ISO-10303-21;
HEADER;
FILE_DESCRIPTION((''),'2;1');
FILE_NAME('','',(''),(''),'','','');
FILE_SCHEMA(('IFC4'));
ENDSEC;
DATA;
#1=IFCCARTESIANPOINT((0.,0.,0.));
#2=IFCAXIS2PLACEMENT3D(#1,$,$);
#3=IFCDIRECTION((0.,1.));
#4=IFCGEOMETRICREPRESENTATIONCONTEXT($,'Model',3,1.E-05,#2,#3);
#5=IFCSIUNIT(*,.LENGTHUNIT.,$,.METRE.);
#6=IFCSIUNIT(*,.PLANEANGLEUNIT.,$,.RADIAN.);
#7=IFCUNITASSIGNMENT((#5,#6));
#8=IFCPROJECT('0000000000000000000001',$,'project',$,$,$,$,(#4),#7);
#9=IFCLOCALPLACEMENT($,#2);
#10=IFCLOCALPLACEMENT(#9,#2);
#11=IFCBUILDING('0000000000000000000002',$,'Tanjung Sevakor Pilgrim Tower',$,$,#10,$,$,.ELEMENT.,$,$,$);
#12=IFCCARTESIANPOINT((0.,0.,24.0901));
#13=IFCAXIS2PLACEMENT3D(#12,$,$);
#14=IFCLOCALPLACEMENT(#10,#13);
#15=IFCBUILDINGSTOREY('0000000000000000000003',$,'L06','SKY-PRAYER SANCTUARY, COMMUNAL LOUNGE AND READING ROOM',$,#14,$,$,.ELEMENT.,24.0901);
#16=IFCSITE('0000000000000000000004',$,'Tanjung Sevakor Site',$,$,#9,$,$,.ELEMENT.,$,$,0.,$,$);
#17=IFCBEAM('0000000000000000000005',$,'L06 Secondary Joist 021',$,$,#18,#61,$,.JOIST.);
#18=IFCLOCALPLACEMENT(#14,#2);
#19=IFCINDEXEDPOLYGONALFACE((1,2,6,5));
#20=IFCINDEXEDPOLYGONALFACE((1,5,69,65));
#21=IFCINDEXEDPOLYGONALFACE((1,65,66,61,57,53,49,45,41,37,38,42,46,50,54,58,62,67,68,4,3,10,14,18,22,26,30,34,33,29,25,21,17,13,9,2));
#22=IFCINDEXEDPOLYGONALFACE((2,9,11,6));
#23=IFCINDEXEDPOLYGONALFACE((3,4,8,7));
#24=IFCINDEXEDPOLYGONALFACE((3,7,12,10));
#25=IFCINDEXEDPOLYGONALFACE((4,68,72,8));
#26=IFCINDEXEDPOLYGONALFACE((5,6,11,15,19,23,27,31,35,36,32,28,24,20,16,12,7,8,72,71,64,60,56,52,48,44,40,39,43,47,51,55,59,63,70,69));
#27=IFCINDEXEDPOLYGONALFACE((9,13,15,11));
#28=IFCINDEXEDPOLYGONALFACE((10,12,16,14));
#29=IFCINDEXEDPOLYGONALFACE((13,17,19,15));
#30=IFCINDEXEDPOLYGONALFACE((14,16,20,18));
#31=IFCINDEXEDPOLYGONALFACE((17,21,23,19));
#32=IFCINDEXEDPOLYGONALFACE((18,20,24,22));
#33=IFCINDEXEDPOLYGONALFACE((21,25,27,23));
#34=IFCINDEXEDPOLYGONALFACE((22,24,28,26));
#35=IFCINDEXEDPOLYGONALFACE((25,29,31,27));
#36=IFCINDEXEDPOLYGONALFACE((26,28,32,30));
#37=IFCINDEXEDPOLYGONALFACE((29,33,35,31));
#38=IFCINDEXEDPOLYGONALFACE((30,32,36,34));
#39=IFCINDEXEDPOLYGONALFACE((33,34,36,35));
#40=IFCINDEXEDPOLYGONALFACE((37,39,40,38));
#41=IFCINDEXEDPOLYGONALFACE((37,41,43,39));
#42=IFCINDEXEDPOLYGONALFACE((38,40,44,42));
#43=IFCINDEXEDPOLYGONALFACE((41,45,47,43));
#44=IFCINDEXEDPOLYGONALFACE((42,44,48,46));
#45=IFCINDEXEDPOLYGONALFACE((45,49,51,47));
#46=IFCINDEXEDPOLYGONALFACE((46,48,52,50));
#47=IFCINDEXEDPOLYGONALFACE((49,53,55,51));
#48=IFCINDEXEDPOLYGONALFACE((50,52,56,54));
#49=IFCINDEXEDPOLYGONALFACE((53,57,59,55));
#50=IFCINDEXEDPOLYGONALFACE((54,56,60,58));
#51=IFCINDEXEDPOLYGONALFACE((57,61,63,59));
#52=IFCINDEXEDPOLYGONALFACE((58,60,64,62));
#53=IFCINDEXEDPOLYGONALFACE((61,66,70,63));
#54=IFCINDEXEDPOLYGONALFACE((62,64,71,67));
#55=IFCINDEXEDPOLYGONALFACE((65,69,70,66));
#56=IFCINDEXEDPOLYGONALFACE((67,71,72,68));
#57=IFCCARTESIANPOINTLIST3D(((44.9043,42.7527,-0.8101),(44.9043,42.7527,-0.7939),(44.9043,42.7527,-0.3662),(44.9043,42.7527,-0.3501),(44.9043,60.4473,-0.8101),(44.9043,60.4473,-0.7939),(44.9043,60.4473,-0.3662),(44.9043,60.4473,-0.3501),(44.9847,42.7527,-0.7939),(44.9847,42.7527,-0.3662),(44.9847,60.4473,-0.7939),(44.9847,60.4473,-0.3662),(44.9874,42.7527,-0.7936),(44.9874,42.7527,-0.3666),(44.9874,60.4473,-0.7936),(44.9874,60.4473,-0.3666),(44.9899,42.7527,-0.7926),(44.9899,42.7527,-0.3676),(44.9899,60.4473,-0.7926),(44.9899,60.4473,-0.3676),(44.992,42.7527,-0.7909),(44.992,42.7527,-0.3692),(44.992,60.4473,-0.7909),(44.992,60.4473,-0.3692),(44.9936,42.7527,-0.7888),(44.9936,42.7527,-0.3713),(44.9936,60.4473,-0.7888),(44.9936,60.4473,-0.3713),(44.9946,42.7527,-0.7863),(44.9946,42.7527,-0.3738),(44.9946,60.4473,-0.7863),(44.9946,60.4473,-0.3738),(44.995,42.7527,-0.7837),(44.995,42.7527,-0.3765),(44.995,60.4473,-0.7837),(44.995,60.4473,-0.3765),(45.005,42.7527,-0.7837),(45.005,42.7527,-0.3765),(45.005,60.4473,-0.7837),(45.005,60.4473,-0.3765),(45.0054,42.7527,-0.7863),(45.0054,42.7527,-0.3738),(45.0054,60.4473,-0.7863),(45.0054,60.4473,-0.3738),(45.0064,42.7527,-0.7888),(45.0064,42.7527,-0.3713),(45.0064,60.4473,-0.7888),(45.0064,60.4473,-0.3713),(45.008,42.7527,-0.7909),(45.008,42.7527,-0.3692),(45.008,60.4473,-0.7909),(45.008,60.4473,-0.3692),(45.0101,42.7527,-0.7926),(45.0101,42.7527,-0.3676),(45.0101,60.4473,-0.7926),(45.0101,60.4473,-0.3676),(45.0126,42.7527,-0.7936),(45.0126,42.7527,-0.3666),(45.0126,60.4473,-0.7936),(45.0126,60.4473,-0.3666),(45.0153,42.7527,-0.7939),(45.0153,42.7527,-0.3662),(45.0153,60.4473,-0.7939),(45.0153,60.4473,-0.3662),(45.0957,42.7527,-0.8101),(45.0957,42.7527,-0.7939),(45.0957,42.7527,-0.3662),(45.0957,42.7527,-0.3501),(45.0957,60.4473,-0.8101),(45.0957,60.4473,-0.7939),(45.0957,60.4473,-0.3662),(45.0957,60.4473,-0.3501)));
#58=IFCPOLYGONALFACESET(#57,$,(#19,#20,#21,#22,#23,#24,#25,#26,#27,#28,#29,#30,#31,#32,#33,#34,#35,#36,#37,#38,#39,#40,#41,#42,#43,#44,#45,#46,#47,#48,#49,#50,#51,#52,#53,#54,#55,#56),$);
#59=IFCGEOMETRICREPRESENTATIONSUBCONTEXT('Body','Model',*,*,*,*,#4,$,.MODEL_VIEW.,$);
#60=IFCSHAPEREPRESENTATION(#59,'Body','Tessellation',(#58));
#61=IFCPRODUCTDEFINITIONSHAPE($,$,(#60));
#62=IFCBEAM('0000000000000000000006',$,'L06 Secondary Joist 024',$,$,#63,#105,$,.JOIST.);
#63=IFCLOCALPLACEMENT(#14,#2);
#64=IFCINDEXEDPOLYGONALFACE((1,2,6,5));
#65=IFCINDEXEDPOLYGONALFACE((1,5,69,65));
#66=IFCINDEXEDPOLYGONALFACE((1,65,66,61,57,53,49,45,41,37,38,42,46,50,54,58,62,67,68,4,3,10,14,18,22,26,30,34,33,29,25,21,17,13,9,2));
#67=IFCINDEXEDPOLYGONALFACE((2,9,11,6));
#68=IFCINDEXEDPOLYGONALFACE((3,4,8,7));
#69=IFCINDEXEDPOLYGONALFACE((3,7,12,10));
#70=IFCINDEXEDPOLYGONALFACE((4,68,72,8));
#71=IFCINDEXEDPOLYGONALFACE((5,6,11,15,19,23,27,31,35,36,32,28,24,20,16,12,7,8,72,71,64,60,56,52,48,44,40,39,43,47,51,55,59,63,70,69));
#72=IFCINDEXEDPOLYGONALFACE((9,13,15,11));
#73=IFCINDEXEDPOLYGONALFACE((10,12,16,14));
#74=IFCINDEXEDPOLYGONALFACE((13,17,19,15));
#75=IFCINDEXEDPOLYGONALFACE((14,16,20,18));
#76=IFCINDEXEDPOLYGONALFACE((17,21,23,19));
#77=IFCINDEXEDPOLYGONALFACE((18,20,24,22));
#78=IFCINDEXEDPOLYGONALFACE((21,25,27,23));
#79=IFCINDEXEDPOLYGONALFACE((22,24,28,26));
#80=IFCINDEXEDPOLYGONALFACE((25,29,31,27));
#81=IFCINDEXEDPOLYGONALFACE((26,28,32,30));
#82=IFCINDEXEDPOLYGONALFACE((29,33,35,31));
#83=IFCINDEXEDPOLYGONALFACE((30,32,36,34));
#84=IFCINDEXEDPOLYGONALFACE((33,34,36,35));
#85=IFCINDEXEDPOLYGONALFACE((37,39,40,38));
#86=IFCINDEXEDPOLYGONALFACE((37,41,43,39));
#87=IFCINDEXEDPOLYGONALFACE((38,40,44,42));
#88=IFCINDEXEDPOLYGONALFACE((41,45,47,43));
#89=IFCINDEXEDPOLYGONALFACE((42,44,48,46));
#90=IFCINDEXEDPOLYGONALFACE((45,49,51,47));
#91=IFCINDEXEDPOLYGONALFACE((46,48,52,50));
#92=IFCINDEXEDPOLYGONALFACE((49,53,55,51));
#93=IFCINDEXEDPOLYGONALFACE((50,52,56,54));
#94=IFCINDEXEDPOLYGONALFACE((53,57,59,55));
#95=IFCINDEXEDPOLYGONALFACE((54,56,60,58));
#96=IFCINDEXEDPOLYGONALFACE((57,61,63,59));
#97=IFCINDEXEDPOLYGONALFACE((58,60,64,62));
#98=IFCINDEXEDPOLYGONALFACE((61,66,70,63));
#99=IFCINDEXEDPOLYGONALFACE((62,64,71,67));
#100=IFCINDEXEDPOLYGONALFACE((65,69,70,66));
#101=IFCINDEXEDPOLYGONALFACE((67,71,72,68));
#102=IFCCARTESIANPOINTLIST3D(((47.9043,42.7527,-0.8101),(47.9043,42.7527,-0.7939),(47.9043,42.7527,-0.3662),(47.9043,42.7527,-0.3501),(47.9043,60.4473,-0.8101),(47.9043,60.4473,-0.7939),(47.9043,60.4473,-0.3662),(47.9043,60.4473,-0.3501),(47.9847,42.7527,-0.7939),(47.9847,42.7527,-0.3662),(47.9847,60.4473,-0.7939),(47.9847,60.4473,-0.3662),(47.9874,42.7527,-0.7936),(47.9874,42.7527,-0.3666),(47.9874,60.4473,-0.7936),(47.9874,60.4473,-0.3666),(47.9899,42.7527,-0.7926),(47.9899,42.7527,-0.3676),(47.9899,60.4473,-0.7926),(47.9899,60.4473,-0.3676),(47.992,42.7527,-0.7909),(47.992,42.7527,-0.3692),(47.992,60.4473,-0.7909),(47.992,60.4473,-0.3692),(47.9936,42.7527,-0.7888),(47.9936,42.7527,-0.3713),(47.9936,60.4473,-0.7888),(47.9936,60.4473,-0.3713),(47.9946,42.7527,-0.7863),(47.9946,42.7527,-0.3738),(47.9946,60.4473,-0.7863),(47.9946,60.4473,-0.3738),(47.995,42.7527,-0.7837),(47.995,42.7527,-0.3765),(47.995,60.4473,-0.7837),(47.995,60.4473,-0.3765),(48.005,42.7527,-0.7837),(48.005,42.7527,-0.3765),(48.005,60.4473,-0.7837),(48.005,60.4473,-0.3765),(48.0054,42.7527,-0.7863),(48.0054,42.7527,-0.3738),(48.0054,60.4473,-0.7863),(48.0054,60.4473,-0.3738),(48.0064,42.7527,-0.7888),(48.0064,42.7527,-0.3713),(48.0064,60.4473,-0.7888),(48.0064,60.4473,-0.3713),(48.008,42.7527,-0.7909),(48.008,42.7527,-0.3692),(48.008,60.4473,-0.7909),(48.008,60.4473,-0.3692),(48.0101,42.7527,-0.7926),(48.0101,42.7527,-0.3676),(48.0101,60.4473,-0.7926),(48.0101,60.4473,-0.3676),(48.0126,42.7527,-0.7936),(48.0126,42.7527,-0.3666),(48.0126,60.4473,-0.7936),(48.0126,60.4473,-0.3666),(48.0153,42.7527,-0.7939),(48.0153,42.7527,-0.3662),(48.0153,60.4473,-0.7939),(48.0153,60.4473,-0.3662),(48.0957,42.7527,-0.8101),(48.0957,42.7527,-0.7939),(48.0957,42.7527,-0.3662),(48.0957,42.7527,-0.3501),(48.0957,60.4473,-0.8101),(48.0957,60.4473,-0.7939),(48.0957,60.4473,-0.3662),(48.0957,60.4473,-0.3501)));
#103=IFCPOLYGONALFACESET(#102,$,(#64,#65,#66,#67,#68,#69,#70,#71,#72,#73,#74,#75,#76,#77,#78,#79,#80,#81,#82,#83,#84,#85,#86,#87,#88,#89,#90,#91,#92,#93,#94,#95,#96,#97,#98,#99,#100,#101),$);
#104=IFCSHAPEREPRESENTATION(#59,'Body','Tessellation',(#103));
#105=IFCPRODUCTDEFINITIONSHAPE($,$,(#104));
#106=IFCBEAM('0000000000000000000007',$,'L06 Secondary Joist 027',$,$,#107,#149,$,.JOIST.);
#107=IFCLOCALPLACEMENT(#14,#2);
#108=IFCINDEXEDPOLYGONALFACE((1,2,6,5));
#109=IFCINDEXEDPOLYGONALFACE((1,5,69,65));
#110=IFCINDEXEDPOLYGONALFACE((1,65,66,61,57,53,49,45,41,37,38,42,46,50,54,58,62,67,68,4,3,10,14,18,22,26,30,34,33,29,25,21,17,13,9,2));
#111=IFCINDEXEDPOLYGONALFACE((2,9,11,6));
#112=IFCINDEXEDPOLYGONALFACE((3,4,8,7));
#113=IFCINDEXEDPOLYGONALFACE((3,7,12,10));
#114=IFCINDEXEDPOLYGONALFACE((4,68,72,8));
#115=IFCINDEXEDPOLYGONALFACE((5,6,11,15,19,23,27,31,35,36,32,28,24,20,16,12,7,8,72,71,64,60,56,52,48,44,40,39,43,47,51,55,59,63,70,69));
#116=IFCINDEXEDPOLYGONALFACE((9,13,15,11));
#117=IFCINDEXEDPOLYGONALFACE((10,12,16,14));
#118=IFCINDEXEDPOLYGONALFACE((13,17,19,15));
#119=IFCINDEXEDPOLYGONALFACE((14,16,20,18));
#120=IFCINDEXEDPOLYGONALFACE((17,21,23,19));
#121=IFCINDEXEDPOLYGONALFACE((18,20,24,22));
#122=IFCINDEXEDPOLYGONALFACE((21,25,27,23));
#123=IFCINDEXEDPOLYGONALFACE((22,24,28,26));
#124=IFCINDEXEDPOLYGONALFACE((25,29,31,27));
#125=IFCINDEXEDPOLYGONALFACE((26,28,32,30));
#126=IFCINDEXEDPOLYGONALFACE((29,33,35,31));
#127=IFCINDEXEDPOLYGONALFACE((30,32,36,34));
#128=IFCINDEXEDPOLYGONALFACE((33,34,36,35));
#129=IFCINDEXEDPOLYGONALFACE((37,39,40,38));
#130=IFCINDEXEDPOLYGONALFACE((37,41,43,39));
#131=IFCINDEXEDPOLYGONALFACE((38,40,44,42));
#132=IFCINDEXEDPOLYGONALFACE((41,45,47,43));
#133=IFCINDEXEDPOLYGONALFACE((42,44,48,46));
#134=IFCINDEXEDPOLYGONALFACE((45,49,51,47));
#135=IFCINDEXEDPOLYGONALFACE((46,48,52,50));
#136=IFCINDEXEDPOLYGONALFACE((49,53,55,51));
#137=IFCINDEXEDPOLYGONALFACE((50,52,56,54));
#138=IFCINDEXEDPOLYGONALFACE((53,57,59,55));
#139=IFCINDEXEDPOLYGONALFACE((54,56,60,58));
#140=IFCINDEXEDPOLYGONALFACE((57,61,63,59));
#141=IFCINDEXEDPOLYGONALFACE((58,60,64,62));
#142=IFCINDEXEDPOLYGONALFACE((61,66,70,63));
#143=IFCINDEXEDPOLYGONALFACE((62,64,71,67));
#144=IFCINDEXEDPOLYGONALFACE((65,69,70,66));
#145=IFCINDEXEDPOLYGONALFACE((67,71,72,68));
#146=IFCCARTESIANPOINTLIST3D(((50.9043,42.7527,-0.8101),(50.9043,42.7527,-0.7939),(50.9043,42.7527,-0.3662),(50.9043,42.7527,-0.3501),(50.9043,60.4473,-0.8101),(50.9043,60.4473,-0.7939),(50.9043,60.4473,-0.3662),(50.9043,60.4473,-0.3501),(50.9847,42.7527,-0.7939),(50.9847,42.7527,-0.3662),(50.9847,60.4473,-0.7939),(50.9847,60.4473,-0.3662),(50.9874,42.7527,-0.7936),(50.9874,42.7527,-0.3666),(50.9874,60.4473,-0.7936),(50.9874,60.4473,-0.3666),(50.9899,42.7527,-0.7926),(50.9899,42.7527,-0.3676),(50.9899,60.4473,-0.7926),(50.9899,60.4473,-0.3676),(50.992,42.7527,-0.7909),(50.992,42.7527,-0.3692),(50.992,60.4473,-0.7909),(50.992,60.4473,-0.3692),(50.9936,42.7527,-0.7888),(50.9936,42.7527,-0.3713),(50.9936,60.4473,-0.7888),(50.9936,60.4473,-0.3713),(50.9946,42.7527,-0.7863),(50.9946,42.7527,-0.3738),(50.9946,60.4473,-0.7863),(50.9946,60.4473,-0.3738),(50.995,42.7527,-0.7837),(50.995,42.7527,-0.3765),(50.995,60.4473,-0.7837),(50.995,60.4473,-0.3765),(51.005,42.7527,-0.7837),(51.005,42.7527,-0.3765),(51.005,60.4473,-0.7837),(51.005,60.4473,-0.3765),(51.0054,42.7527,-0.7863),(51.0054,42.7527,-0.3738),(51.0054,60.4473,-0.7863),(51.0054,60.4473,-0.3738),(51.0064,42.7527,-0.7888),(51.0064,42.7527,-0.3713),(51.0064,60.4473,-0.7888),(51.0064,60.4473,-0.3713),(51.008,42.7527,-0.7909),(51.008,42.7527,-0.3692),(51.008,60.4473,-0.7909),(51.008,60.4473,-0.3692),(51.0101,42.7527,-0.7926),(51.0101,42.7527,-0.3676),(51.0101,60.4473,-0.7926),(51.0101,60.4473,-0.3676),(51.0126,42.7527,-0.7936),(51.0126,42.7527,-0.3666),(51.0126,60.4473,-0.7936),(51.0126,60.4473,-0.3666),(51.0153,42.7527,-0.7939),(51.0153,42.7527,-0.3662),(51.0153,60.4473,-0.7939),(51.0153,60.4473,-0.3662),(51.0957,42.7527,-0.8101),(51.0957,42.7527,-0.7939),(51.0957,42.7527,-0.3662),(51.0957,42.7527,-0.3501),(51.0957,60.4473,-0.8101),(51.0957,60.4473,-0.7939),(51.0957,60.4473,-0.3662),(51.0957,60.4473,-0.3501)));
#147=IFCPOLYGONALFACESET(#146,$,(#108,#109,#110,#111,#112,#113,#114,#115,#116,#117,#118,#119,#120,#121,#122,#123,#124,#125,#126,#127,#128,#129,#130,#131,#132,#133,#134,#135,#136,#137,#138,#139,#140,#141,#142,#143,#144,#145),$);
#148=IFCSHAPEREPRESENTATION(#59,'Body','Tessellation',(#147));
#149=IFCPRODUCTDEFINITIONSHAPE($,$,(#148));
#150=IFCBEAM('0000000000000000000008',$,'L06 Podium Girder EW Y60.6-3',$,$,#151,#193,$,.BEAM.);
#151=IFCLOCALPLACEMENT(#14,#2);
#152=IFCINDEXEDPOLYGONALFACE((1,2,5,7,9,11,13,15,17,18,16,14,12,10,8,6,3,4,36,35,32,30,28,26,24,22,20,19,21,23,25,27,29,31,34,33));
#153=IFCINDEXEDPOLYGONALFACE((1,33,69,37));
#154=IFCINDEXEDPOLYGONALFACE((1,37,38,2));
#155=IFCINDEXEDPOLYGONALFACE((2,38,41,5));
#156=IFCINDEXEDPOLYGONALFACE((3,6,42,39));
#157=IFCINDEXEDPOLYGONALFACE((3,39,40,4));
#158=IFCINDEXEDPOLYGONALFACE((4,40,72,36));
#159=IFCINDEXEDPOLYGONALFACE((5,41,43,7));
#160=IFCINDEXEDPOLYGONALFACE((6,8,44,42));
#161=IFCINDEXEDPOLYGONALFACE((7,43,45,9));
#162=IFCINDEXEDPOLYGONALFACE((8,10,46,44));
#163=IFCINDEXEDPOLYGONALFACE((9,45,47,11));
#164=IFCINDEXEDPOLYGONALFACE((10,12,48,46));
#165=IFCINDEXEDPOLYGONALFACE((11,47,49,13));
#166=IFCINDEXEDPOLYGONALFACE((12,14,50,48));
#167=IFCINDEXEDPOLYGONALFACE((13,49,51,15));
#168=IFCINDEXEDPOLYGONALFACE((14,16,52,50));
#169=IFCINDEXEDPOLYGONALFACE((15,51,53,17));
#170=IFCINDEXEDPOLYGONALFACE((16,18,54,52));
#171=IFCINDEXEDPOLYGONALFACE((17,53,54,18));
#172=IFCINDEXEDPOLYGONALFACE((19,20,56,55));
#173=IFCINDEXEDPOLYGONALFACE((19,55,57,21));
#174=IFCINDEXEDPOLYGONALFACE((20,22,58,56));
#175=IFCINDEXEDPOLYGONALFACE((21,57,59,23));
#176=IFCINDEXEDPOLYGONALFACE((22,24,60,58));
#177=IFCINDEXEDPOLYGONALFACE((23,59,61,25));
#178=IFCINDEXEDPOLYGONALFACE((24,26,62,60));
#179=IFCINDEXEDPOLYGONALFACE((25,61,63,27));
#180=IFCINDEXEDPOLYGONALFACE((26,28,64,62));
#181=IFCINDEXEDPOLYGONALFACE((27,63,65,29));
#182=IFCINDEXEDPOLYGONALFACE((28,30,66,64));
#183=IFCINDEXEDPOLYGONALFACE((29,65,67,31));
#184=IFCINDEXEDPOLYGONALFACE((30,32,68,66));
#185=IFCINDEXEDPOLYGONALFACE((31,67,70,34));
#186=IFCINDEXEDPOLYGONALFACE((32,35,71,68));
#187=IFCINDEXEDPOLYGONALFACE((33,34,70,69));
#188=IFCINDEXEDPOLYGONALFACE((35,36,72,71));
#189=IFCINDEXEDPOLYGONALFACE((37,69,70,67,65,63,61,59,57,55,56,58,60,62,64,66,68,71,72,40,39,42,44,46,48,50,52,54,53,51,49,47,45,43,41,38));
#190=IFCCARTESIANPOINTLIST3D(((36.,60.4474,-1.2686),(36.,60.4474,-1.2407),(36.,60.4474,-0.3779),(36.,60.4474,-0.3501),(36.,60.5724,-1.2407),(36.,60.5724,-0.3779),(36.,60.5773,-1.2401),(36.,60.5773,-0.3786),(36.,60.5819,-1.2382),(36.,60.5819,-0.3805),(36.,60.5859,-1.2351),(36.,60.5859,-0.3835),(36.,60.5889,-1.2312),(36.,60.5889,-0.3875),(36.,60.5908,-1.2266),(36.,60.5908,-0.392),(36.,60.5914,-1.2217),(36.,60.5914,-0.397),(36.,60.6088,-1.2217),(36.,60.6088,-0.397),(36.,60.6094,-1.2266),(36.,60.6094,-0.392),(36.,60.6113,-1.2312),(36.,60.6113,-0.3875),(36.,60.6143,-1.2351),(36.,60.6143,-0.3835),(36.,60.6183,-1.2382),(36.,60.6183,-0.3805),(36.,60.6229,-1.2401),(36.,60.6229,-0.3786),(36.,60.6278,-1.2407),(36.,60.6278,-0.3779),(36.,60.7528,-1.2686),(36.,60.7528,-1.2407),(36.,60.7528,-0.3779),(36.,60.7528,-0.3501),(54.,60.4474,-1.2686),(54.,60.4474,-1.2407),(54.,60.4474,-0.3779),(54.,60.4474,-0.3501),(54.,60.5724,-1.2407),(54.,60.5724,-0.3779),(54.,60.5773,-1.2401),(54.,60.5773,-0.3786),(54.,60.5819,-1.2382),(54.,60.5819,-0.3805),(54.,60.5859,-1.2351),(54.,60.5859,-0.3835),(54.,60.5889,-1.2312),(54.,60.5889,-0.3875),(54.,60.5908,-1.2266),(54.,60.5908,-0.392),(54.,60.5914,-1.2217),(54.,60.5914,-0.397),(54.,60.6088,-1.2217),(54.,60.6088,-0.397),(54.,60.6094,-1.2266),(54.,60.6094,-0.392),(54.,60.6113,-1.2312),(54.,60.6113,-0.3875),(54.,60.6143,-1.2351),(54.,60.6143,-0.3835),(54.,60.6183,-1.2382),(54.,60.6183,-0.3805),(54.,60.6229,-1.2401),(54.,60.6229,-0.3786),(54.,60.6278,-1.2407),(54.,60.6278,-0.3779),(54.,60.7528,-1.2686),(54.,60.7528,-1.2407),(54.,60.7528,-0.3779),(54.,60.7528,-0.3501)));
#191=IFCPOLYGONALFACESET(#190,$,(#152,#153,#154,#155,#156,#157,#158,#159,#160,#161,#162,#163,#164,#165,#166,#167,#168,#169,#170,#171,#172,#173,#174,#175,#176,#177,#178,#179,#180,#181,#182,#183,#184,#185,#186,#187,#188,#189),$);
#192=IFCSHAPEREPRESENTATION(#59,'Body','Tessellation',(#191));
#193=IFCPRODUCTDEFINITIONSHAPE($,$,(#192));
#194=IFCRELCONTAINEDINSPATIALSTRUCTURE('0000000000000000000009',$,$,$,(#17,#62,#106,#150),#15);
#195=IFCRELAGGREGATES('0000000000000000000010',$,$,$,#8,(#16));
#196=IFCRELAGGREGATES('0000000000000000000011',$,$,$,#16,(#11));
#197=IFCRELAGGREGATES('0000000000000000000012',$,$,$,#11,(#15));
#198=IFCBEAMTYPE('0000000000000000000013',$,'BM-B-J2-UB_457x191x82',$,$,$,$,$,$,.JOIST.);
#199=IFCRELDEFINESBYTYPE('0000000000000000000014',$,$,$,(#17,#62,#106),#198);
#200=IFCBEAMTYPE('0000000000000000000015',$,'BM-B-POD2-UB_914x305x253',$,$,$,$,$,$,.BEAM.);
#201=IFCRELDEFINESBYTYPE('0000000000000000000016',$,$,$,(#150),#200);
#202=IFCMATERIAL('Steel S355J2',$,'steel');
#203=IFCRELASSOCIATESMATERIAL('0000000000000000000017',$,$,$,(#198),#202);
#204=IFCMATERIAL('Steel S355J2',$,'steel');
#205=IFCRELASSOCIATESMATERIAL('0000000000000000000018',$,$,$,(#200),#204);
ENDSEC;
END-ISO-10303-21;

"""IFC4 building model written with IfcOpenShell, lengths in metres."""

from ifc_helpers import new_model, si_unit, direction, frame, origin, origin_2d, place, context, subcontext, project, spatial, i_section, extrude, material, material_profile, profile_set, type_object, element, save


model = new_model("IFC4")

# Units and contexts
model_context = context("Model", 3, precision=1e-05, world=origin(), true_north=direction((0.0, 1.0)))
body_context = subcontext(model_context, "Body", "Model", "MODEL_VIEW")
ifc_project = project(units=[si_unit("LENGTHUNIT", "METRE"), si_unit("PLANEANGLEUNIT", "RADIAN")], contexts=[model_context])

# Site, building, storey
site_placement = place(None, origin())
site = spatial("IfcSite", under=ifc_project, at=site_placement, Name="Tanjung Sevakor Site", CompositionType="ELEMENT", RefElevation=0.0)
building_placement = place(site_placement, origin())
building = spatial("IfcBuilding", under=site, at=building_placement, Name="Tanjung Sevakor Pilgrim Tower", CompositionType="ELEMENT")
storey_placement = place(building_placement, frame((0.0, 0.0, 24.0901)))
storey = spatial("IfcBuildingStorey", under=building, at=storey_placement, Name="L06", Description="SKY-PRAYER SANCTUARY, COMMUNAL LOUNGE AND READING ROOM", CompositionType="ELEMENT", Elevation=24.0901)

# Beams
ifc_material_1 = material(Name="Steel S355J2", Category="steel")
ifc_material_profile_1 = material_profile(ifc_material_1, i_section(OverallWidth=0.1914, OverallDepth=0.46, WebThickness=0.01, FlangeThickness=0.0161, FilletRadius=0.0103, at=origin_2d()))
ifc_profile_set_1 = profile_set([ifc_material_profile_1], Name="Steel S355J2")
beam_type_1 = type_object("IfcBeamType", Name="BM-B-J2-UB_457x191x82", PredefinedType="JOIST", material=ifc_profile_set_1)
for number, where, z_axis, x_axis, name in (
    (1, (45.0, 42.7527, -0.5801), (0.0, 1.0, 0.0), (-1.0, 0.0, 0.0), "L06 Secondary Joist 021"),
    (2, (48.0, 42.7527, -0.5801), (0.0, 1.0, 0.0), (-1.0, 0.0, 0.0), "L06 Secondary Joist 024"),
    (3, (51.0, 42.7527, -0.5801), (0.0, 1.0, 0.0), (-1.0, 0.0, 0.0), "L06 Secondary Joist 027"),
):
    element("IfcBeam", number, at=place(storey_placement, frame(where, z_axis=z_axis, x_axis=x_axis)), inside=storey, type_object=beam_type_1, Name=name, PredefinedType="JOIST", context=body_context, shape_type="SweptSolid", body=[
        extrude(i_section(OverallWidth=0.1914, OverallDepth=0.46, WebThickness=0.01, FlangeThickness=0.0161, FilletRadius=0.0103, at=origin_2d()), origin(), (0.0, 0.0, 1.0), 17.6946),
    ])
ifc_material_2 = material(Name="Steel S355J2", Category="steel")
ifc_material_profile_2 = material_profile(ifc_material_2, i_section(OverallWidth=0.3054, OverallDepth=0.9185, WebThickness=0.0173, FlangeThickness=0.0278, FilletRadius=0.019, at=origin_2d()))
ifc_profile_set_2 = profile_set([ifc_material_profile_2], Name="Steel S355J2")
beam_type_2 = type_object("IfcBeamType", Name="BM-B-POD2-UB_914x305x253", PredefinedType="BEAM", material=ifc_profile_set_2)
beam_1_placement = place(storey_placement, frame((36.0, 60.6001, -0.8093), z_axis=(1.0, 0.0, 0.0), x_axis=(0.0, 1.0, 0.0)))
element("IfcBeam", 4, at=beam_1_placement, inside=storey, type_object=beam_type_2, Name="L06 Podium Girder EW Y60.6-3", PredefinedType="BEAM", context=body_context, shape_type="SweptSolid", body=[
    extrude(i_section(OverallWidth=0.3054, OverallDepth=0.9185, WebThickness=0.0173, FlangeThickness=0.0278, FilletRadius=0.019, at=origin_2d()), origin(), (0.0, 0.0, 1.0), 18.0),
])

save(model, "model.ifc")
